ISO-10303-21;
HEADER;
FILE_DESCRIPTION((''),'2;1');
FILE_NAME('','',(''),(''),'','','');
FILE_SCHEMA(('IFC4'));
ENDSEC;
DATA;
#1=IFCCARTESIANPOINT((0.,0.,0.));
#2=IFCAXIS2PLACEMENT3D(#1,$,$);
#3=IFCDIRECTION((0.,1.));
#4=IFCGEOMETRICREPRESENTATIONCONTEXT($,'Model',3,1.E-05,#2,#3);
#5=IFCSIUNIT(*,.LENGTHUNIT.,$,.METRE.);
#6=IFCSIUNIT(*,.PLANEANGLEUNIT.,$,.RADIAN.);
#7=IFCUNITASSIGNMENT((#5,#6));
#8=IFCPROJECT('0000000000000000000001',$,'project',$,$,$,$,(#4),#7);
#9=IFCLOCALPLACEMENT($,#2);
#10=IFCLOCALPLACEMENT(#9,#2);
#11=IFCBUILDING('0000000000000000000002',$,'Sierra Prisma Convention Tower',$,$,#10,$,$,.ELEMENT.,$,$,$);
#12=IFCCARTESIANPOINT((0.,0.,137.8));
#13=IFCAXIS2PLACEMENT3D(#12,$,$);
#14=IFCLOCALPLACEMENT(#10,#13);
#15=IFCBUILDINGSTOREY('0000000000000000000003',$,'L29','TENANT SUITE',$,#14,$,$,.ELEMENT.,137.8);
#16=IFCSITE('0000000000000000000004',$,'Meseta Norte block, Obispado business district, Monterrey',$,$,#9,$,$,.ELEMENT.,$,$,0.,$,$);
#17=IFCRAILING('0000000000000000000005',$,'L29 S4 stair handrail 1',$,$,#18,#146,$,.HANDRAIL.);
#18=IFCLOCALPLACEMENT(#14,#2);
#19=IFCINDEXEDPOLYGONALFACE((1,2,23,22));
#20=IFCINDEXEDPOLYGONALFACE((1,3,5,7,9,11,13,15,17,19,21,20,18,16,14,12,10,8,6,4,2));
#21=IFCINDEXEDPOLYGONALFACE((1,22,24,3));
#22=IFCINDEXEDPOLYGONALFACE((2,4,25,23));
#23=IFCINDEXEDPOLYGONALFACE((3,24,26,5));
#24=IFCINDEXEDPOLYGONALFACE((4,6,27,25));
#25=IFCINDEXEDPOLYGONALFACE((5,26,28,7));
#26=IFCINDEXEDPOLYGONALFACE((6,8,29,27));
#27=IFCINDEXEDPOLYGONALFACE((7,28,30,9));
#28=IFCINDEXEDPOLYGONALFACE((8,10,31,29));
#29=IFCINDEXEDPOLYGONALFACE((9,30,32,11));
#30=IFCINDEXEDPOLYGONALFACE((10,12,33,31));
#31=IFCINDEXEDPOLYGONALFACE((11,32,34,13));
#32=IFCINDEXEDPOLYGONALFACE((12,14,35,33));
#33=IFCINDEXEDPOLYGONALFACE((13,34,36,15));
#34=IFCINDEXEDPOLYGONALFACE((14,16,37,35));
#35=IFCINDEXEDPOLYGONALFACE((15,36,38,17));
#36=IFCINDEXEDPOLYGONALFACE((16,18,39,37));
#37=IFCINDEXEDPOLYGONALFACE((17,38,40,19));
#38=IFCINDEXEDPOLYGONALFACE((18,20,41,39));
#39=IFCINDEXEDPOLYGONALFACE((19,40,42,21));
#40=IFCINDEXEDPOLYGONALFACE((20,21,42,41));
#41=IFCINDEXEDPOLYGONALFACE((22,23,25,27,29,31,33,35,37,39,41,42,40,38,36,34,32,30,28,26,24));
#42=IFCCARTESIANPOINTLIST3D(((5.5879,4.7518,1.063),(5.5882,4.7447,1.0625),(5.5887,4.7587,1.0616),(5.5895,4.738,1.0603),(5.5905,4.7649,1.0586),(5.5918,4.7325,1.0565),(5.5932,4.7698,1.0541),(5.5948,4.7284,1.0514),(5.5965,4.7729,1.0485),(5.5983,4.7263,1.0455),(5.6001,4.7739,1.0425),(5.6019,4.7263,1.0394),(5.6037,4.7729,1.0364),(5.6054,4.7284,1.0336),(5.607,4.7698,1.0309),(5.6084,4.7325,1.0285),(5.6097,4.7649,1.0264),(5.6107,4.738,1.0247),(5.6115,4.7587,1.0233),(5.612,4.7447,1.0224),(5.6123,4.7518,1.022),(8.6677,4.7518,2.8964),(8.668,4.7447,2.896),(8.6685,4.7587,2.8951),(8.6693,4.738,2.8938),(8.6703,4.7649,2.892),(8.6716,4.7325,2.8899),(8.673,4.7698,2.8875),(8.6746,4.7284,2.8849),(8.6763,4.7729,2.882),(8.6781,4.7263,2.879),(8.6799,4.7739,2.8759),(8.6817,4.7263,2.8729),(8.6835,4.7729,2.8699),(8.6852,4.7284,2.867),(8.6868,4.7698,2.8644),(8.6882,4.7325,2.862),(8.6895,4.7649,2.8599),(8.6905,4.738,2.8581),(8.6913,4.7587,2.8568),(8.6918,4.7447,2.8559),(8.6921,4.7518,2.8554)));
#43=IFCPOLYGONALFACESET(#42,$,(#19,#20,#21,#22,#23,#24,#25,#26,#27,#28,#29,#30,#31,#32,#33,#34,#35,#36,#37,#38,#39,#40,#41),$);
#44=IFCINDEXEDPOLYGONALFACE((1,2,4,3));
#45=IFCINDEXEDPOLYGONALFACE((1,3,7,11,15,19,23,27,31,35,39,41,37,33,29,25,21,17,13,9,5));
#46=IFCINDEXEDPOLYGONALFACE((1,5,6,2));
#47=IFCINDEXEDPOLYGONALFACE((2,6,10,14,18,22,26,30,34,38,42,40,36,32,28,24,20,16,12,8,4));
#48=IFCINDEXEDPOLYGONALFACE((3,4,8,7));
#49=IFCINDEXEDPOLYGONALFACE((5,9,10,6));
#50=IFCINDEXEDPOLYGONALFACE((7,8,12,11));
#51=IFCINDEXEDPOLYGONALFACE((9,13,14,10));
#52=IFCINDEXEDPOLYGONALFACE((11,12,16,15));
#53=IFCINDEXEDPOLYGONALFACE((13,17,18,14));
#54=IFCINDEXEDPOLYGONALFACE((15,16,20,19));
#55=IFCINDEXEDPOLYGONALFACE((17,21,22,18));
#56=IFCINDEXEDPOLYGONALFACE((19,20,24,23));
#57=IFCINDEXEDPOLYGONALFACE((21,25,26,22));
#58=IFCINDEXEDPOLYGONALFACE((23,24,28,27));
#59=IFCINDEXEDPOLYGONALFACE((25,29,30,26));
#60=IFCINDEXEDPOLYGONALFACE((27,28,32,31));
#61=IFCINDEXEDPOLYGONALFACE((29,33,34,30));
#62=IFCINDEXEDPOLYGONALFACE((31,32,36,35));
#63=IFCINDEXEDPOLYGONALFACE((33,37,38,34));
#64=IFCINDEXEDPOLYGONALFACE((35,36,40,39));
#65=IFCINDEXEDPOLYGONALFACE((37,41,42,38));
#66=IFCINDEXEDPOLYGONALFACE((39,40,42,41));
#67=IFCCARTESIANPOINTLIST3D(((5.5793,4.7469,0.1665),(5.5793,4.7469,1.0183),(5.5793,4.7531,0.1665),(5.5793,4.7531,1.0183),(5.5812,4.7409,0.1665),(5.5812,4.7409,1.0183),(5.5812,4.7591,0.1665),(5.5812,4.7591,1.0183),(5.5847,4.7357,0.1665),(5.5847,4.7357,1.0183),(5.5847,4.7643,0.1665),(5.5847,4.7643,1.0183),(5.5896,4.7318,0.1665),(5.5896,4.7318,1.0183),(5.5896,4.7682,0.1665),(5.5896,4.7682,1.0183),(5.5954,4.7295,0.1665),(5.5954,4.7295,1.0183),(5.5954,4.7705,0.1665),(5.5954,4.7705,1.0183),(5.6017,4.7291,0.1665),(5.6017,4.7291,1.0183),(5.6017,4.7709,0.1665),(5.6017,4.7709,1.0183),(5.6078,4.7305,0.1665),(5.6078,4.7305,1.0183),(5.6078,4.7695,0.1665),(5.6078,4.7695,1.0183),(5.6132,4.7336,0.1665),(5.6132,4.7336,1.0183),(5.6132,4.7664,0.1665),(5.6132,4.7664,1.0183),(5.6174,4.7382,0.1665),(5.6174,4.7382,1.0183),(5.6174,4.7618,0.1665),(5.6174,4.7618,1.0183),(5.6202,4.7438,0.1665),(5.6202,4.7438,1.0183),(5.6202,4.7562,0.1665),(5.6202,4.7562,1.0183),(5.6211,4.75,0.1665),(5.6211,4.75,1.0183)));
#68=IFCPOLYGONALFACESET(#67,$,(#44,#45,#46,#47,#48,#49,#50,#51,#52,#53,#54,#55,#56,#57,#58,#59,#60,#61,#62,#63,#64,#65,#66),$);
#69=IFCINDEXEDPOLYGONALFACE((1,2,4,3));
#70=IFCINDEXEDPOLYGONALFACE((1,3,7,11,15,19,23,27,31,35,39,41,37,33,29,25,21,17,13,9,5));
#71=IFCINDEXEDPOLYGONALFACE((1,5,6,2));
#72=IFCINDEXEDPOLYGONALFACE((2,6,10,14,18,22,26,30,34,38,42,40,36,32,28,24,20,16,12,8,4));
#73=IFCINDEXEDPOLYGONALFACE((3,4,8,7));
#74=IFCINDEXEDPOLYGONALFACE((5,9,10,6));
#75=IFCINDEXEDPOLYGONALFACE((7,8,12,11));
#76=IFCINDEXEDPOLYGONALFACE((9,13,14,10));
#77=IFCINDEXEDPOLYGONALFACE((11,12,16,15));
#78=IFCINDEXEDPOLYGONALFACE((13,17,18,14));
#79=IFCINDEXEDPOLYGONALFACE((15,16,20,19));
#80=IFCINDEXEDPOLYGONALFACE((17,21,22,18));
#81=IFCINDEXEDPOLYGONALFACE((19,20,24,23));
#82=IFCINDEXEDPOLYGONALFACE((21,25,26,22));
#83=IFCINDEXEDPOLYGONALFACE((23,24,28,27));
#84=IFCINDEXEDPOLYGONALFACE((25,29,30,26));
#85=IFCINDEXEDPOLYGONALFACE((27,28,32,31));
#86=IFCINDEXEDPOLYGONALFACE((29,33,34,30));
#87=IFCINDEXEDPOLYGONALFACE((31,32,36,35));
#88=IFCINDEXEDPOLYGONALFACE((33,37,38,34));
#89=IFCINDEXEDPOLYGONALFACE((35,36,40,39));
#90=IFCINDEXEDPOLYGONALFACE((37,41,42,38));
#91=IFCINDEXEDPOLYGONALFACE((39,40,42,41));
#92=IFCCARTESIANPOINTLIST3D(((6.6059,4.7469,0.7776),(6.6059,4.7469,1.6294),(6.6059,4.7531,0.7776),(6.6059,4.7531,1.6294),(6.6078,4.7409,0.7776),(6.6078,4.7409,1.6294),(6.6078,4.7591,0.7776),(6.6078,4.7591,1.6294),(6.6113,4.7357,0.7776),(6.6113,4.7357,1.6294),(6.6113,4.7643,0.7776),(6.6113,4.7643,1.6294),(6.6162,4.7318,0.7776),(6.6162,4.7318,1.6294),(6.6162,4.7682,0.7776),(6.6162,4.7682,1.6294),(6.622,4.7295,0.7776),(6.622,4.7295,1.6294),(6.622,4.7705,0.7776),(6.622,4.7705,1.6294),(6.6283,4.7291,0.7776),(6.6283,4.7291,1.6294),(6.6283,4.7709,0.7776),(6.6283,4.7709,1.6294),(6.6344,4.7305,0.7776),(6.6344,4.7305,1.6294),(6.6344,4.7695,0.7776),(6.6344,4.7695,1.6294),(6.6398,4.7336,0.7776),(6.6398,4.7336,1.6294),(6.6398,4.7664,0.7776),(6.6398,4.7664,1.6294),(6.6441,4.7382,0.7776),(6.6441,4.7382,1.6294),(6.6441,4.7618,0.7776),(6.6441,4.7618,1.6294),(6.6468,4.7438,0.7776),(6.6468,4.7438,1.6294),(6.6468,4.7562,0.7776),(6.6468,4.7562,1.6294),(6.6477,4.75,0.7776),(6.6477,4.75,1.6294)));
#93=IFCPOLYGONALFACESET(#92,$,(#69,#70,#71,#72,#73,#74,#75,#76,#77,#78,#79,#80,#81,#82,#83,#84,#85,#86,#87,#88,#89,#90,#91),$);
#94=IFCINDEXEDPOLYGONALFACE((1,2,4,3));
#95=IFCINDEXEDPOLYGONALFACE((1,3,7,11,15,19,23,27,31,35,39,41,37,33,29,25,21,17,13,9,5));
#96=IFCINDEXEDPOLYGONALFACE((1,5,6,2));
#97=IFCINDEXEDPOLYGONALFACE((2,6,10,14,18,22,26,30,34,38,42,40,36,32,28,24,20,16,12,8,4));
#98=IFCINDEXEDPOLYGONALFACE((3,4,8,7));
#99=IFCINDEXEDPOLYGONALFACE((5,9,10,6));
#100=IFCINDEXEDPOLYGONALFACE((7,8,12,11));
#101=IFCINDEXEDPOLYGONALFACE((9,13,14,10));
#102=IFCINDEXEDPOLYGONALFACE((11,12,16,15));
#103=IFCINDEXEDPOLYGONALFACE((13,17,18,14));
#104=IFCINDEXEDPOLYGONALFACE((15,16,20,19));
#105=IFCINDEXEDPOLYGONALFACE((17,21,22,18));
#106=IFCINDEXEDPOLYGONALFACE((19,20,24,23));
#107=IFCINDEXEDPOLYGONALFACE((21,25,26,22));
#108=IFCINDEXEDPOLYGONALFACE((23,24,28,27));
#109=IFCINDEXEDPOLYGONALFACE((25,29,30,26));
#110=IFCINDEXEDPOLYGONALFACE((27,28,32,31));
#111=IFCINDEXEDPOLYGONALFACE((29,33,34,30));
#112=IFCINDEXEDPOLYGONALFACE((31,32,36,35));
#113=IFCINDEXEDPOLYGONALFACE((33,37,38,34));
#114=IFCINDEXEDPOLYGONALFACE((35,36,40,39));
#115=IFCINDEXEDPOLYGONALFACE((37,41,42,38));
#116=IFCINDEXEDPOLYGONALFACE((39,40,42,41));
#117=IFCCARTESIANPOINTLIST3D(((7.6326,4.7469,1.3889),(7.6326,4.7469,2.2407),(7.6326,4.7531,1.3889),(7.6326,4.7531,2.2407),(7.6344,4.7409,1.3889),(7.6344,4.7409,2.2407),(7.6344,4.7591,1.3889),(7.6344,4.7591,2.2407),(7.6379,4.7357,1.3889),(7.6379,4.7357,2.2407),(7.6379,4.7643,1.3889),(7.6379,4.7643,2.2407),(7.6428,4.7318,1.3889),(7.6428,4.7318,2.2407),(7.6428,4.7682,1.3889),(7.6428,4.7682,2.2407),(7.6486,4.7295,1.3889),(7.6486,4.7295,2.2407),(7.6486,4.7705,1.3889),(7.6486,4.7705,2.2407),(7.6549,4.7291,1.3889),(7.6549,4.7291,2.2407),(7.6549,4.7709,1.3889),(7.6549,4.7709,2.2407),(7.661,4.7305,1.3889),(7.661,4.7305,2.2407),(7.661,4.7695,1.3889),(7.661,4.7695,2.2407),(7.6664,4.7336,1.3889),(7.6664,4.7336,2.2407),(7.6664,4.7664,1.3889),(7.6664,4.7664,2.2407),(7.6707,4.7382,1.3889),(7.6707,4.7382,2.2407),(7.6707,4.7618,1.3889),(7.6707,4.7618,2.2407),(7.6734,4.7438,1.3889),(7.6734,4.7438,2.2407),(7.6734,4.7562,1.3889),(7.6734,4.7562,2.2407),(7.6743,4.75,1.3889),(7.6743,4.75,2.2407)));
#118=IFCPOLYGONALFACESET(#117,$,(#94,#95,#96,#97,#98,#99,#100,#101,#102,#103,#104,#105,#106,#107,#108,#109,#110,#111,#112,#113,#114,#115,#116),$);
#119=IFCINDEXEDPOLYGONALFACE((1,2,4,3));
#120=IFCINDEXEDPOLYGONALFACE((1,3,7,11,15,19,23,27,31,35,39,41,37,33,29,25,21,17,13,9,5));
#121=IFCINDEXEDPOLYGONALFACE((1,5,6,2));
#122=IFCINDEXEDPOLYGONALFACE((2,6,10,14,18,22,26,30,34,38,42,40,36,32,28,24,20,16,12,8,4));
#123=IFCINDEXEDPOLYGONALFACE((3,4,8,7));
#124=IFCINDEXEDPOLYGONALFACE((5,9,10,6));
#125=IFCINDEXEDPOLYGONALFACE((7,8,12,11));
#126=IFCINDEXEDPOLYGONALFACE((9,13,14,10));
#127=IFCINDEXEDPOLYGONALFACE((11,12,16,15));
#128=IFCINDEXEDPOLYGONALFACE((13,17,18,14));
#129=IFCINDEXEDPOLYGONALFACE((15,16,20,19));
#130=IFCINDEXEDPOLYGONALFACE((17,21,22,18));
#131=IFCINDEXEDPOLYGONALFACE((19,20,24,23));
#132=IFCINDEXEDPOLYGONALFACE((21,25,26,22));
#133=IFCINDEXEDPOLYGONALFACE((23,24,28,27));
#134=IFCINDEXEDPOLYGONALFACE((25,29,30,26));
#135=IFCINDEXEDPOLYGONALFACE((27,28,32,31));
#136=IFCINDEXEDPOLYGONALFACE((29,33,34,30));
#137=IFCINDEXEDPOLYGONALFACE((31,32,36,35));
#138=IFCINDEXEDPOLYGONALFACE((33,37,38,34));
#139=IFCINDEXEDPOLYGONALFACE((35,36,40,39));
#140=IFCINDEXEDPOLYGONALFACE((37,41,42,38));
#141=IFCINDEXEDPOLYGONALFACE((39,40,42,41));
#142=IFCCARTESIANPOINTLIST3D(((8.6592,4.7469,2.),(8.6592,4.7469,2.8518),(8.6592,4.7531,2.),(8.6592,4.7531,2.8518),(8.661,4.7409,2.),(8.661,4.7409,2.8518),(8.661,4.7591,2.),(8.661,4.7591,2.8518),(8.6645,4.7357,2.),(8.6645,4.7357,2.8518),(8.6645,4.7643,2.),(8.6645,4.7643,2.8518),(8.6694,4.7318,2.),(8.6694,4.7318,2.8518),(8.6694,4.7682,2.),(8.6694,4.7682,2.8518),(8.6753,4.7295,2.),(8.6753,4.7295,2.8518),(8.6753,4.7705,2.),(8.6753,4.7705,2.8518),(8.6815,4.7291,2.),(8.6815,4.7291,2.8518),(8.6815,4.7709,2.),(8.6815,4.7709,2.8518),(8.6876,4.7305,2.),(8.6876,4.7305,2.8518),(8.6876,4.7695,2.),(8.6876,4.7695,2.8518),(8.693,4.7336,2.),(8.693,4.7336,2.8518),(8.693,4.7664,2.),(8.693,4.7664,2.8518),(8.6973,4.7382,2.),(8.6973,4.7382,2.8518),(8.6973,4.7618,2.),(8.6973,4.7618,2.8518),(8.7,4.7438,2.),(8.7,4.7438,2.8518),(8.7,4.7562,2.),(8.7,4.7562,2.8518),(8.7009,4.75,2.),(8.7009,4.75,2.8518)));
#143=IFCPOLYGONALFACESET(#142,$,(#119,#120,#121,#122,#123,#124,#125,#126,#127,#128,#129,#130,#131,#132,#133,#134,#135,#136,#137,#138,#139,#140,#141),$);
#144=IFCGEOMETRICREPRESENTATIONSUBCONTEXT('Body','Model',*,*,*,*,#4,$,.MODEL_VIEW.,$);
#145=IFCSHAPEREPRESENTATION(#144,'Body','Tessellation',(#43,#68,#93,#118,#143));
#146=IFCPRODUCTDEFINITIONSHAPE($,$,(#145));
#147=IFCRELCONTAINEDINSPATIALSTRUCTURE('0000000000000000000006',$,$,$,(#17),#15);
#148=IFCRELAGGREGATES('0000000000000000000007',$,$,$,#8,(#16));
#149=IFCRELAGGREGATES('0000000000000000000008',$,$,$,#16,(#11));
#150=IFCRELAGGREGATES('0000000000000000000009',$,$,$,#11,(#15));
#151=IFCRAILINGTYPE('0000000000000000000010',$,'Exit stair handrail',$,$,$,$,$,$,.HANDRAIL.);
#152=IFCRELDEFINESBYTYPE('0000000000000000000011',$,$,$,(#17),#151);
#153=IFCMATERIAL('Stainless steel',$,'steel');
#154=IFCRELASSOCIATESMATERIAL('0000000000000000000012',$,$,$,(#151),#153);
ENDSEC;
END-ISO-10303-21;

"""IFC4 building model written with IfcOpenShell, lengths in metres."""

from ifc_helpers import new_model, si_unit, direction, frame, origin, origin_2d, place, context, subcontext, project, spatial, circle, extrude, material, type_object, element, save


model = new_model("IFC4")

# Units and contexts
model_context = context("Model", 3, precision=1e-05, world=origin(), true_north=direction((0.0, 1.0)))
body_context = subcontext(model_context, "Body", "Model", "MODEL_VIEW")
ifc_project = project(units=[si_unit("LENGTHUNIT", "METRE"), si_unit("PLANEANGLEUNIT", "RADIAN")], contexts=[model_context])

# Site, building, storey
site_placement = place(None, origin())
site = spatial("IfcSite", under=ifc_project, at=site_placement, Name="Meseta Norte block, Obispado business district, Monterrey", CompositionType="ELEMENT", RefElevation=0.0)
building_placement = place(site_placement, origin())
building = spatial("IfcBuilding", under=site, at=building_placement, Name="Sierra Prisma Convention Tower", CompositionType="ELEMENT")
storey_placement = place(building_placement, frame((0.0, 0.0, 137.8)))
storey = spatial("IfcBuildingStorey", under=building, at=storey_placement, Name="L29", Description="TENANT SUITE", CompositionType="ELEMENT", Elevation=137.8)

# Railing
ifc_material_1 = material(Name="Stainless steel", Category="steel")
railing_type_1 = type_object("IfcRailingType", Name="Exit stair handrail", PredefinedType="HANDRAIL", material=ifc_material_1)
railing_1_placement = place(storey_placement, frame((5.6001, 4.75, 0.1665)))
element("IfcRailing", 1, at=railing_1_placement, inside=storey, type_object=railing_type_1, Name="L29 S4 stair handrail 1", PredefinedType="HANDRAIL", context=body_context, shape_type="SweptSolid", body=[
    extrude(circle(Radius=0.0239, at=origin_2d()), frame((0.0, 0.0, 0.876), z_axis=(0.859261, 0.0, 0.511538), x_axis=(0.0, 1.0, 0.0)), (0.0, 0.0, 1.0), 3.5842),
    extrude(circle(Radius=0.021, at=origin_2d()), origin(), (0.0, 0.0, 1.0), 0.8518),
    extrude(circle(Radius=0.021, at=origin_2d()), frame((1.0266, 0.0, 0.6111)), (0.0, 0.0, 1.0), 0.8518),
    extrude(circle(Radius=0.021, at=origin_2d()), frame((2.0532, 0.0, 1.2224)), (0.0, 0.0, 1.0), 0.8518),
    extrude(circle(Radius=0.021, at=origin_2d()), frame((3.0798, 0.0, 1.8335)), (0.0, 0.0, 1.0), 0.8518),
])

save(model, "model.ifc")
